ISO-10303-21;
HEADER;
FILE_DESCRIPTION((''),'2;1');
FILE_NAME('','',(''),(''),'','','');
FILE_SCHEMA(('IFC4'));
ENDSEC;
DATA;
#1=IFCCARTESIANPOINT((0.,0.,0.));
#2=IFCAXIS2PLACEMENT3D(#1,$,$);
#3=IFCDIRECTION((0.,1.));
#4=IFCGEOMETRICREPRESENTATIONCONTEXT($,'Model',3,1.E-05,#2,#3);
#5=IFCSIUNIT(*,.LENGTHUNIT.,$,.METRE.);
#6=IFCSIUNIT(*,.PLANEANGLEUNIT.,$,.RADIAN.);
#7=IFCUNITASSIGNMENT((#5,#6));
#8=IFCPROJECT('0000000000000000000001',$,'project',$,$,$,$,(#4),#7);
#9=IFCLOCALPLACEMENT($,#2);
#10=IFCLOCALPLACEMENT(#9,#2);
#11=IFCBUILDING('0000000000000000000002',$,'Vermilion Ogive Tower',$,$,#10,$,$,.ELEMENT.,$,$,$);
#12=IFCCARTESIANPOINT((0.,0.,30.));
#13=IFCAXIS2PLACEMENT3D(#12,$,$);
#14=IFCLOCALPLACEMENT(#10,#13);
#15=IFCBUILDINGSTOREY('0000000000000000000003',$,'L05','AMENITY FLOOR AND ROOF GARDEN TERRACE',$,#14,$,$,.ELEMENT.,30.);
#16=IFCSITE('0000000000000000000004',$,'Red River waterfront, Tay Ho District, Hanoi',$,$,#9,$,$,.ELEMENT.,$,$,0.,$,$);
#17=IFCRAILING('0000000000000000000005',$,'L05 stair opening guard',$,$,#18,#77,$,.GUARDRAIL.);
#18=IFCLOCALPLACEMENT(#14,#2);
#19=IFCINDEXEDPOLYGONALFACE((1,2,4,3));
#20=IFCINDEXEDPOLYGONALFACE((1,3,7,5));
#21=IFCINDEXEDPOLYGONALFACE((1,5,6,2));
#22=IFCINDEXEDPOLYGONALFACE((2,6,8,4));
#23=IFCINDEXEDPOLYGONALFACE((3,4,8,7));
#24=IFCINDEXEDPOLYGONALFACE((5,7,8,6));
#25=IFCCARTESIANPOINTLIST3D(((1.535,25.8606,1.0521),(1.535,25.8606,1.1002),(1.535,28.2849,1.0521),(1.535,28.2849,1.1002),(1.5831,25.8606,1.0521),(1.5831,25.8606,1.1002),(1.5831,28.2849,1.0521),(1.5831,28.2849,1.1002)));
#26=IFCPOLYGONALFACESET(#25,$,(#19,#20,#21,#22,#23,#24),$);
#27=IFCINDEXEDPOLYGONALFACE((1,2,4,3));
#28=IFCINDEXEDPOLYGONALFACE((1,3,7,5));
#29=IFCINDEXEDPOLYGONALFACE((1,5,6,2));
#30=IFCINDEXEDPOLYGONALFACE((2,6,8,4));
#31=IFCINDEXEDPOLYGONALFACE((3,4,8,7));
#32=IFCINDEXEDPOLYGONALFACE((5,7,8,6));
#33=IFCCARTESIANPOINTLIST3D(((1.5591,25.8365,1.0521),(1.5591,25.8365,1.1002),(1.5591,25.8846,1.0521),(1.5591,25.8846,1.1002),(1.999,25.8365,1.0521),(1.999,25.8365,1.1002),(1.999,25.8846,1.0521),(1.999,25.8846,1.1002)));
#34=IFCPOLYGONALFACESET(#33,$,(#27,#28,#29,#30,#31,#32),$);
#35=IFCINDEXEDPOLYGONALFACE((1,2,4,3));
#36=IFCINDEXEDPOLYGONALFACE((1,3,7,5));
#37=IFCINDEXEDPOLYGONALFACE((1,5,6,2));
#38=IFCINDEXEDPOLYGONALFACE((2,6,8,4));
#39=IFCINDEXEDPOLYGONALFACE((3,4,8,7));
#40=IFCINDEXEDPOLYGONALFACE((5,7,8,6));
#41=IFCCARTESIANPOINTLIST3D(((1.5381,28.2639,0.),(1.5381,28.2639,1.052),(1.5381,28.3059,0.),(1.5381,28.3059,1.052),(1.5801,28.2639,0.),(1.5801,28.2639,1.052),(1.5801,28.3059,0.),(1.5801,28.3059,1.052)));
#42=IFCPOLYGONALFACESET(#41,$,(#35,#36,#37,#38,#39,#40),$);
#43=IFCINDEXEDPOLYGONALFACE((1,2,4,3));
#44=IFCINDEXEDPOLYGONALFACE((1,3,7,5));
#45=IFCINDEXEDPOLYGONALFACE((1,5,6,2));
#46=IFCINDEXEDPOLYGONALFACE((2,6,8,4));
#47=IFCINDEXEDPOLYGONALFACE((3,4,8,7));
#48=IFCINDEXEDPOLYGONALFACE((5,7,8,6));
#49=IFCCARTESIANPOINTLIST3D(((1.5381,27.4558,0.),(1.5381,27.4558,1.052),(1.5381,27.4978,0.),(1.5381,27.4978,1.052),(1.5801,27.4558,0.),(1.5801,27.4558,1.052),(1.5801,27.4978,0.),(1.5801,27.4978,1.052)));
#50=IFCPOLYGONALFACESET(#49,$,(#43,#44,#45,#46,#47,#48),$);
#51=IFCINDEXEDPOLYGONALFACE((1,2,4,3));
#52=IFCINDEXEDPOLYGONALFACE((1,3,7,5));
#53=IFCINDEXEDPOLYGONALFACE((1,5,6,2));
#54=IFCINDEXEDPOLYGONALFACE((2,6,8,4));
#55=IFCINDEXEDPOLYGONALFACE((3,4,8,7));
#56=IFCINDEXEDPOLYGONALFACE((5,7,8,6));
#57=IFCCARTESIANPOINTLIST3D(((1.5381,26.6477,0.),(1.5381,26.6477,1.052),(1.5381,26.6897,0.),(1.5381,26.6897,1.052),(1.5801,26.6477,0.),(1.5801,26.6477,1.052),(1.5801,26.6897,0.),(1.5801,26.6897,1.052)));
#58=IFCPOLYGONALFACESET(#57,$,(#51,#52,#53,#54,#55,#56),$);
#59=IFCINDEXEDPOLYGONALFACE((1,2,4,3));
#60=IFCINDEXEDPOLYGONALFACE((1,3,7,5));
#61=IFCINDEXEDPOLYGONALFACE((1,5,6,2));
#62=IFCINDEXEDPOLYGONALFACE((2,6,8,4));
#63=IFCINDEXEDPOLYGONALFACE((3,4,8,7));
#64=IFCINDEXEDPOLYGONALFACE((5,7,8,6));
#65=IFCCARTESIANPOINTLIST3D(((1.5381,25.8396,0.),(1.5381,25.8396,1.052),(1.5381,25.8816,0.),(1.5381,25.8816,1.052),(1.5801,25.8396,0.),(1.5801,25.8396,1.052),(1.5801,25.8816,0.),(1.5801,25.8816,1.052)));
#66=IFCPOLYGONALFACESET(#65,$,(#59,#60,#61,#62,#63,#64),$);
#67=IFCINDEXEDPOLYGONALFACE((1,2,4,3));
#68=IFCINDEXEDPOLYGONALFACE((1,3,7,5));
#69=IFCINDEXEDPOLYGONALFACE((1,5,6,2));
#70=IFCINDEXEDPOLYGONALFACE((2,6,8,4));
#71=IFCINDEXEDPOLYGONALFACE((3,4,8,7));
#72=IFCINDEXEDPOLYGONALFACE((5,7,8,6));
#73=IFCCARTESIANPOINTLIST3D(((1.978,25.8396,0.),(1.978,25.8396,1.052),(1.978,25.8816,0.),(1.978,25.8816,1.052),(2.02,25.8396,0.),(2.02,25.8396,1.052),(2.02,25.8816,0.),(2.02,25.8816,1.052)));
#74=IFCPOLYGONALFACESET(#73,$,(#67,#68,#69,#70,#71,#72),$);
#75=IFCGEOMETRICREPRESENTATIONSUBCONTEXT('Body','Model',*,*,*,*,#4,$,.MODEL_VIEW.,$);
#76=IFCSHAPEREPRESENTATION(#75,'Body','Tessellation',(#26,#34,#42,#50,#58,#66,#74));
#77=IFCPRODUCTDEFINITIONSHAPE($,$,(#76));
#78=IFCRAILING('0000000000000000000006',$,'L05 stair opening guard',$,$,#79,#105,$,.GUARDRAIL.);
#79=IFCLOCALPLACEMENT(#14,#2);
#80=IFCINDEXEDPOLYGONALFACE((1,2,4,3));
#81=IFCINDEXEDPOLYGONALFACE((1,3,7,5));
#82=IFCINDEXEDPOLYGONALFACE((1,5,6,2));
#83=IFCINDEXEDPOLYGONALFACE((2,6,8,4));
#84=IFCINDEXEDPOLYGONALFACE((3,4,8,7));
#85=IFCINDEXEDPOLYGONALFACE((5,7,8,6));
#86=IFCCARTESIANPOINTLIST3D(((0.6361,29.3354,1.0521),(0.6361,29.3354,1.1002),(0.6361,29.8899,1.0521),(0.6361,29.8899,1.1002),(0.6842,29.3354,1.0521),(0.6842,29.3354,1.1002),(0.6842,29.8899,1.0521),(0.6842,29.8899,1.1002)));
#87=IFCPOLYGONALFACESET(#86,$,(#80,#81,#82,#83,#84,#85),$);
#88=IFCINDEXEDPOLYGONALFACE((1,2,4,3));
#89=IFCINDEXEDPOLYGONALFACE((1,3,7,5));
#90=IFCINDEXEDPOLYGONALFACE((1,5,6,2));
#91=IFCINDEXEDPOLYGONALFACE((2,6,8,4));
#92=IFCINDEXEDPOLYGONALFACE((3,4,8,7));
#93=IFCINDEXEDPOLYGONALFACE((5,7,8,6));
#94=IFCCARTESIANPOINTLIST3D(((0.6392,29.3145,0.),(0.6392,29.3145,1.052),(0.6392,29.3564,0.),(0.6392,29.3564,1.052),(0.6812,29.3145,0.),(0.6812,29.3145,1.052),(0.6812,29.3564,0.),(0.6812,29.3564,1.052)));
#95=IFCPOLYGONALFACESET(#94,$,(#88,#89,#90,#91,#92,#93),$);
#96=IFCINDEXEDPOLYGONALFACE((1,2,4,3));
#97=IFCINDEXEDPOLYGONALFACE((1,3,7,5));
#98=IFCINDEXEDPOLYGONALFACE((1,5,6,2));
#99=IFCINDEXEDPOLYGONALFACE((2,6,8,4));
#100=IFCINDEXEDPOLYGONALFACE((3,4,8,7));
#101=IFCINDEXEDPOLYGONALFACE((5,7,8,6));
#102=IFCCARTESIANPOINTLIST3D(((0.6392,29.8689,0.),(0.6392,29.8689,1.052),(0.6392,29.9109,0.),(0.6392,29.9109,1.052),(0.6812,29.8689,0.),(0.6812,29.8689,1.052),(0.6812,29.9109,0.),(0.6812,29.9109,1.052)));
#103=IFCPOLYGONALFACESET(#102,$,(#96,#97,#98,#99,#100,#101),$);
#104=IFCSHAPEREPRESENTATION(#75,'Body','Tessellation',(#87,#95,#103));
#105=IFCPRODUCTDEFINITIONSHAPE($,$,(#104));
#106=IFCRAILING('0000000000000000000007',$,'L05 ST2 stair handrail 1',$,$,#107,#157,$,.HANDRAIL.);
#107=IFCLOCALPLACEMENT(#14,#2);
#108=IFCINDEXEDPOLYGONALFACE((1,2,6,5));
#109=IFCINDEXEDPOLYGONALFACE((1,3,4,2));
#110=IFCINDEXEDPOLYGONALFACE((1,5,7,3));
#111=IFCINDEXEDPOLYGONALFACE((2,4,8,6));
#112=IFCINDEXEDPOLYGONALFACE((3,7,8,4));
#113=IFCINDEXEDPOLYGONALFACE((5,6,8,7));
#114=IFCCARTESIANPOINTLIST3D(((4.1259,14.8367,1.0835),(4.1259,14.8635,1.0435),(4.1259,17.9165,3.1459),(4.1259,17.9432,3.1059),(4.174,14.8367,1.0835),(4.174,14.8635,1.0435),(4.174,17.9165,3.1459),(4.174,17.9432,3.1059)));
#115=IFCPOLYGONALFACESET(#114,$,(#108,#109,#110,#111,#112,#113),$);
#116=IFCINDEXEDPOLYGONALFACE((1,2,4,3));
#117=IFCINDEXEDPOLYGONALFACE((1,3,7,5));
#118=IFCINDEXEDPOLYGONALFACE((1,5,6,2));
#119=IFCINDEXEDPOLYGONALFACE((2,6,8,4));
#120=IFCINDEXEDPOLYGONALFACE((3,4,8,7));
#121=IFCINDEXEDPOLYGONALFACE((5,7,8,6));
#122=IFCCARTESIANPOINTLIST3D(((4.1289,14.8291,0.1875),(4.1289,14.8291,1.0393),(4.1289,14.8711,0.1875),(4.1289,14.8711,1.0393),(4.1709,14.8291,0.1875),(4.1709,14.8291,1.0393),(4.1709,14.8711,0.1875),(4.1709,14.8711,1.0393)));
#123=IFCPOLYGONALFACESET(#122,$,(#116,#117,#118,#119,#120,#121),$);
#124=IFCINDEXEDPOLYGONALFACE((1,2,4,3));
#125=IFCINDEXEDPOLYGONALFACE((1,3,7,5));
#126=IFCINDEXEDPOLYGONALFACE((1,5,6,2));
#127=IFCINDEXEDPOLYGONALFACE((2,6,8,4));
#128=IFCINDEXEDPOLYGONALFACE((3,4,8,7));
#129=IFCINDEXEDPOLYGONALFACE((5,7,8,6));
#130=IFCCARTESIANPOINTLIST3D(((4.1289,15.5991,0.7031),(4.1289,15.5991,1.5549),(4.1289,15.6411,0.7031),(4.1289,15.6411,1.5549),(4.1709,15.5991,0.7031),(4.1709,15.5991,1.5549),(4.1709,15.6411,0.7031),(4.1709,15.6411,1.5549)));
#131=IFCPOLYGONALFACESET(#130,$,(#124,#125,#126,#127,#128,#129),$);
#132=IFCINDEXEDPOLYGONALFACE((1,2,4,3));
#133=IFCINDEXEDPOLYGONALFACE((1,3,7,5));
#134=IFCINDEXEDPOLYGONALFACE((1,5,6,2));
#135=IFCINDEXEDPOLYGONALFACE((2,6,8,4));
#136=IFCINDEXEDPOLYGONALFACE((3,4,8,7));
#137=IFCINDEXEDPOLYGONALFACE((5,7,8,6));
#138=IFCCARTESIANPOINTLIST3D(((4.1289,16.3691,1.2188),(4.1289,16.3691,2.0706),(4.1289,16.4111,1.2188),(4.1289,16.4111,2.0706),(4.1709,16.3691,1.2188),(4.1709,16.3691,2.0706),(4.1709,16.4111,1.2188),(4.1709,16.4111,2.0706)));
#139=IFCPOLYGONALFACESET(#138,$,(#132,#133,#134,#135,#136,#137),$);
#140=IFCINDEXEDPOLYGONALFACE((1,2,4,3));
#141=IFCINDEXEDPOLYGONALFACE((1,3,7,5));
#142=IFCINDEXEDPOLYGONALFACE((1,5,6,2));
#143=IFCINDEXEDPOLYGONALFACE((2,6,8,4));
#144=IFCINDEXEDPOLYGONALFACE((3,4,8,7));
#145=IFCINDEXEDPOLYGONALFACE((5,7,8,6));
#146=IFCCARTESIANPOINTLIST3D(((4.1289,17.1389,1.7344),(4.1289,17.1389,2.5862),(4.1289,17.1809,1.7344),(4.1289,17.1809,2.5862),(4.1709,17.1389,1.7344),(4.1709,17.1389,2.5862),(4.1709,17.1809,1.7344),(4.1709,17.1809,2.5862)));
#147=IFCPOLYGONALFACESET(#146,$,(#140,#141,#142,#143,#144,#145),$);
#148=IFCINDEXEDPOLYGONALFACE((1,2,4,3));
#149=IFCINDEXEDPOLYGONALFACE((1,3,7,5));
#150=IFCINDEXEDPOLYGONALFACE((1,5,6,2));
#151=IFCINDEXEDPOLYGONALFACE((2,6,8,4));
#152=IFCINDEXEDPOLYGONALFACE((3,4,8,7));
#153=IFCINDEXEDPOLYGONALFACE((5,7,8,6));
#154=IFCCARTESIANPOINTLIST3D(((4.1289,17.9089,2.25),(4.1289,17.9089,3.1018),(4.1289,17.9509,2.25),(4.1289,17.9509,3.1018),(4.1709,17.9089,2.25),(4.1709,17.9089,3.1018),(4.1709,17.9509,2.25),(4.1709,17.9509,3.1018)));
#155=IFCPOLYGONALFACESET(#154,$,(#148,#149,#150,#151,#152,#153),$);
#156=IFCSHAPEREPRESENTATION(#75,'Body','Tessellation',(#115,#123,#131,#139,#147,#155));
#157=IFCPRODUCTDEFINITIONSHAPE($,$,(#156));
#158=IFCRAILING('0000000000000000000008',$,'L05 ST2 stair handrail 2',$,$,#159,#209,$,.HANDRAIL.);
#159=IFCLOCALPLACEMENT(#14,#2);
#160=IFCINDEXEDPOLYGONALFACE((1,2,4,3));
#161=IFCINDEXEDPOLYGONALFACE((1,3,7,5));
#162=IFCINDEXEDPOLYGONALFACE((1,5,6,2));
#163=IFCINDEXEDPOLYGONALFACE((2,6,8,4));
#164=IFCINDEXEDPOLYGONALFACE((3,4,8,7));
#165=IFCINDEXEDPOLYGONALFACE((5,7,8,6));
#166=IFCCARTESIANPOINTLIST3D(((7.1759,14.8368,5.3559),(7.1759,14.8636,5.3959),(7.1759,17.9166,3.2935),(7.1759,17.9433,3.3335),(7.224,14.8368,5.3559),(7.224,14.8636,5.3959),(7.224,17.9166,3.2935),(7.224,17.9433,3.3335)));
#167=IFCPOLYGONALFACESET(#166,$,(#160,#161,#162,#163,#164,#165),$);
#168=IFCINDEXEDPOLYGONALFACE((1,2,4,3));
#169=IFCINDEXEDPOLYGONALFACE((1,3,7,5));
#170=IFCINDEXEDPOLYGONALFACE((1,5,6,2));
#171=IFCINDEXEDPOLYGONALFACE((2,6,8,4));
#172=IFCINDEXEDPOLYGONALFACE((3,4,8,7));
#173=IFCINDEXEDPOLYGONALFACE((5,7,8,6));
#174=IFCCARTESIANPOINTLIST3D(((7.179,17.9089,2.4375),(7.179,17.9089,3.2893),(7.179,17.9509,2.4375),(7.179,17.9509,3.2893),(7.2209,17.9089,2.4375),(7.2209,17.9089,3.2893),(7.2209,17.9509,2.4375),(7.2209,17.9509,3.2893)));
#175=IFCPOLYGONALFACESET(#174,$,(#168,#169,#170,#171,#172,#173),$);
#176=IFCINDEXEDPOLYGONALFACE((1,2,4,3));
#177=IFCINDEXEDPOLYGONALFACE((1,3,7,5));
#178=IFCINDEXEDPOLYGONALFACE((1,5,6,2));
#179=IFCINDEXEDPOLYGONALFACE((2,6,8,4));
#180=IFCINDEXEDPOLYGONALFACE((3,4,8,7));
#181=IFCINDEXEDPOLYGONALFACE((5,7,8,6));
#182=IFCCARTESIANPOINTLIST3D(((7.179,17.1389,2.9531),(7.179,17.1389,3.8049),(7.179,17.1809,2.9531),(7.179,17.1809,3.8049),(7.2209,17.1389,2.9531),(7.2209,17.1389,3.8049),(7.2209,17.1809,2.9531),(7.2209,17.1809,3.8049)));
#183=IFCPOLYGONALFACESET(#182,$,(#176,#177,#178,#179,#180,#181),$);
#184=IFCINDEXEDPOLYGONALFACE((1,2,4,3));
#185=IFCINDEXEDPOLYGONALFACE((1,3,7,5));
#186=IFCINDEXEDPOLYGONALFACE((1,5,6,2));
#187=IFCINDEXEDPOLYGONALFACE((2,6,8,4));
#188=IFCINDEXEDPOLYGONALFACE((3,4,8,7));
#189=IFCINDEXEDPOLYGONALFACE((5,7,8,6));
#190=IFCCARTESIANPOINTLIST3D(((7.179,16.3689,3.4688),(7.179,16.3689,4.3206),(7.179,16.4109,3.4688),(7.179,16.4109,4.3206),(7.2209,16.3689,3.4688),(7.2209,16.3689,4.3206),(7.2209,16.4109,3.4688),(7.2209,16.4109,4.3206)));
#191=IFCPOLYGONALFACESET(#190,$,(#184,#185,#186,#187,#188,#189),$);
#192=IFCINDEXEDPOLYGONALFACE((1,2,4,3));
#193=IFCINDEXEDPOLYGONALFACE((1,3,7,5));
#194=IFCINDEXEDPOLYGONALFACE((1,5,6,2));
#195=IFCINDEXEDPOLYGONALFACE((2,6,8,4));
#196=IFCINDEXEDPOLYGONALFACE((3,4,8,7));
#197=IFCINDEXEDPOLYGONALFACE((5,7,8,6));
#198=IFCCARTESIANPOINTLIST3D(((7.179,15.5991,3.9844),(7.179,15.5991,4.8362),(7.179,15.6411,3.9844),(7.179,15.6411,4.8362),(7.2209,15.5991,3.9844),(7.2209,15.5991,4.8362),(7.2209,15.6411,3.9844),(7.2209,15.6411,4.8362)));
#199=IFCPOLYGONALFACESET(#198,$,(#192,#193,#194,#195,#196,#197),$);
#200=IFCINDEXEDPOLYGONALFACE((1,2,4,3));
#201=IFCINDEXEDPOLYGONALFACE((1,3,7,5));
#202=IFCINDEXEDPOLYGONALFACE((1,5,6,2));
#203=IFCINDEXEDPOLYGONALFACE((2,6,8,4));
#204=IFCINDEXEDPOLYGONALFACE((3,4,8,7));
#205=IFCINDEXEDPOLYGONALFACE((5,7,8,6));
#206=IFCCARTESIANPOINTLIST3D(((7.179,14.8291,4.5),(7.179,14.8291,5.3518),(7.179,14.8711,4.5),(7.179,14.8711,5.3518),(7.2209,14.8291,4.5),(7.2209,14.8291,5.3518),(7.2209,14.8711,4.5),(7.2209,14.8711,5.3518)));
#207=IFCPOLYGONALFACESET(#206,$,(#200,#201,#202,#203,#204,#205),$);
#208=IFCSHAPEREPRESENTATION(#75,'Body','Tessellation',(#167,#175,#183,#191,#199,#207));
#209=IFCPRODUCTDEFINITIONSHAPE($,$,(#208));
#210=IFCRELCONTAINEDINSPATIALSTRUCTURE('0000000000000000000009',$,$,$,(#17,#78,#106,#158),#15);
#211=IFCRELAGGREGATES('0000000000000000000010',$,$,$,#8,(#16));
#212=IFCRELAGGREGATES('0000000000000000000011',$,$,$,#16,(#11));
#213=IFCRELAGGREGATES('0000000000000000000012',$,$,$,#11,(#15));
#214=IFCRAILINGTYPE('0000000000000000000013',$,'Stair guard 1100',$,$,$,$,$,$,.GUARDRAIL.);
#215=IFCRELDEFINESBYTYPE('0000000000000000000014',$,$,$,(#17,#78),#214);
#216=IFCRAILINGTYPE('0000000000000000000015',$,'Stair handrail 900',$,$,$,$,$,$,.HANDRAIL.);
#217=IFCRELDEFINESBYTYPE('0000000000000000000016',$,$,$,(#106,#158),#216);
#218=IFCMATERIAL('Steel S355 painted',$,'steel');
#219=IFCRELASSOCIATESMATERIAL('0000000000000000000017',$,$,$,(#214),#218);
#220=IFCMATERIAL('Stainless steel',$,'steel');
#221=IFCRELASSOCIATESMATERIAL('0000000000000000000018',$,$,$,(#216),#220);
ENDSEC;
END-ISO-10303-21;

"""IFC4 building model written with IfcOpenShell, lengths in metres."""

from ifc_helpers import new_model, si_unit, direction, frame, origin, origin_2d, place, context, subcontext, project, spatial, rectangle, extrude, material, type_object, element, save


model = new_model("IFC4")

# Units and contexts
model_context = context("Model", 3, precision=1e-05, world=origin(), true_north=direction((0.0, 1.0)))
body_context = subcontext(model_context, "Body", "Model", "MODEL_VIEW")
ifc_project = project(units=[si_unit("LENGTHUNIT", "METRE"), si_unit("PLANEANGLEUNIT", "RADIAN")], contexts=[model_context])

# Site, building, storey
site_placement = place(None, origin())
site = spatial("IfcSite", under=ifc_project, at=site_placement, Name="Red River waterfront, Tay Ho District, Hanoi", CompositionType="ELEMENT", RefElevation=0.0)
building_placement = place(site_placement, origin())
building = spatial("IfcBuilding", under=site, at=building_placement, Name="Vermilion Ogive Tower", CompositionType="ELEMENT")
storey_placement = place(building_placement, frame((0.0, 0.0, 30.0)))
storey = spatial("IfcBuildingStorey", under=building, at=storey_placement, Name="L05", Description="AMENITY FLOOR AND ROOF GARDEN TERRACE", CompositionType="ELEMENT", Elevation=30.0)

# Railings
ifc_material_1 = material(Name="Steel S355 painted", Category="steel")
railing_type_1 = type_object("IfcRailingType", Name="Stair guard 1100", PredefinedType="GUARDRAIL", material=ifc_material_1)
railing_1_placement = place(storey_placement, frame((1.5591, 28.2849, 0.0)))
element("IfcRailing", 1, at=railing_1_placement, inside=storey, type_object=railing_type_1, Name="L05 stair opening guard", PredefinedType="GUARDRAIL", context=body_context, shape_type="SweptSolid", body=[
    extrude(rectangle(XDim=0.0481, YDim=0.0481, at=origin_2d()), frame((0.0, 0.0, 1.0762), z_axis=(0.0, -1.0, 0.0), x_axis=(1.0, 0.0, 0.0)), (0.0, 0.0, 1.0), 2.4243),
    extrude(rectangle(XDim=0.0481, YDim=0.0481, at=origin_2d()), frame((0.0, -2.4243, 1.0762), z_axis=(1.0, 0.0, 0.0), x_axis=(0.0, 1.0, 0.0)), (0.0, 0.0, 1.0), 0.4399),
    extrude(rectangle(XDim=0.042, YDim=0.042, at=origin_2d()), origin(), (0.0, 0.0, 1.0), 1.052),
    extrude(rectangle(XDim=0.042, YDim=0.042, at=origin_2d()), frame((0.0, -0.8081, 0.0)), (0.0, 0.0, 1.0), 1.052),
    extrude(rectangle(XDim=0.042, YDim=0.042, at=origin_2d()), frame((0.0, -1.6162, 0.0)), (0.0, 0.0, 1.0), 1.052),
    extrude(rectangle(XDim=0.042, YDim=0.042, at=origin_2d()), frame((0.0, -2.4243, 0.0)), (0.0, 0.0, 1.0), 1.052),
    extrude(rectangle(XDim=0.042, YDim=0.042, at=origin_2d()), frame((0.4399, -2.4243, 0.0)), (0.0, 0.0, 1.0), 1.052),
])
railing_2_placement = place(storey_placement, frame((0.6602, 29.3354, 0.0)))
element("IfcRailing", 2, at=railing_2_placement, inside=storey, type_object=railing_type_1, Name="L05 stair opening guard", PredefinedType="GUARDRAIL", context=body_context, shape_type="SweptSolid", body=[
    extrude(rectangle(XDim=0.0481, YDim=0.0481, at=origin_2d()), frame((0.0, 0.0, 1.0762), z_axis=(0.0, 1.0, 0.0), x_axis=(-1.0, 0.0, 0.0)), (0.0, 0.0, 1.0), 0.5544),
    extrude(rectangle(XDim=0.042, YDim=0.042, at=origin_2d()), origin(), (0.0, 0.0, 1.0), 1.052),
    extrude(rectangle(XDim=0.042, YDim=0.042, at=origin_2d()), frame((0.0, 0.5544, 0.0)), (0.0, 0.0, 1.0), 1.052),
])
ifc_material_2 = material(Name="Stainless steel", Category="steel")
railing_type_2 = type_object("IfcRailingType", Name="Stair handrail 900", PredefinedType="HANDRAIL", material=ifc_material_2)
railing_3_placement = place(storey_placement, frame((4.1499, 14.8501, 0.1875)))
element("IfcRailing", 3, at=railing_3_placement, inside=storey, type_object=railing_type_2, Name="L05 ST2 stair handrail 1", PredefinedType="HANDRAIL", context=body_context, shape_type="SweptSolid", body=[
    extrude(rectangle(XDim=0.0481, YDim=0.0481, at=origin_2d()), frame((0.0, 0.0, 0.876), z_axis=(0.0, 0.830893, 0.556432), x_axis=(-1.0, 0.0, 0.0)), (0.0, 0.0, 1.0), 3.7065),
    extrude(rectangle(XDim=0.042, YDim=0.042, at=origin_2d()), origin(), (0.0, 0.0, 1.0), 0.8518),
    extrude(rectangle(XDim=0.042, YDim=0.042, at=origin_2d()), frame((0.0, 0.77, 0.5156)), (0.0, 0.0, 1.0), 0.8518),
    extrude(rectangle(XDim=0.042, YDim=0.042, at=origin_2d()), frame((0.0, 1.54, 1.0312)), (0.0, 0.0, 1.0), 0.8518),
    extrude(rectangle(XDim=0.042, YDim=0.042, at=origin_2d()), frame((0.0, 2.3098, 1.5469)), (0.0, 0.0, 1.0), 0.8518),
    extrude(rectangle(XDim=0.042, YDim=0.042, at=origin_2d()), frame((0.0, 3.0798, 2.0625)), (0.0, 0.0, 1.0), 0.8518),
])
railing_4_placement = place(storey_placement, frame((7.2, 17.9299, 2.4375)))
element("IfcRailing", 4, at=railing_4_placement, inside=storey, type_object=railing_type_2, Name="L05 ST2 stair handrail 2", PredefinedType="HANDRAIL", context=body_context, shape_type="SweptSolid", body=[
    extrude(rectangle(XDim=0.0481, YDim=0.0481, at=origin_2d()), frame((0.0, 0.0, 0.876), z_axis=(0.0, -0.830893, 0.556432), x_axis=(1.0, 0.0, 0.0)), (0.0, 0.0, 1.0), 3.7065),
    extrude(rectangle(XDim=0.042, YDim=0.042, at=origin_2d()), origin(), (0.0, 0.0, 1.0), 0.8518),
    extrude(rectangle(XDim=0.042, YDim=0.042, at=origin_2d()), frame((0.0, -0.77, 0.5156)), (0.0, 0.0, 1.0), 0.8518),
    extrude(rectangle(XDim=0.042, YDim=0.042, at=origin_2d()), frame((0.0, -1.54, 1.0312)), (0.0, 0.0, 1.0), 0.8518),
    extrude(rectangle(XDim=0.042, YDim=0.042, at=origin_2d()), frame((0.0, -2.3098, 1.5469)), (0.0, 0.0, 1.0), 0.8518),
    extrude(rectangle(XDim=0.042, YDim=0.042, at=origin_2d()), frame((0.0, -3.0798, 2.0625)), (0.0, 0.0, 1.0), 0.8518),
])

save(model, "model.ifc")
